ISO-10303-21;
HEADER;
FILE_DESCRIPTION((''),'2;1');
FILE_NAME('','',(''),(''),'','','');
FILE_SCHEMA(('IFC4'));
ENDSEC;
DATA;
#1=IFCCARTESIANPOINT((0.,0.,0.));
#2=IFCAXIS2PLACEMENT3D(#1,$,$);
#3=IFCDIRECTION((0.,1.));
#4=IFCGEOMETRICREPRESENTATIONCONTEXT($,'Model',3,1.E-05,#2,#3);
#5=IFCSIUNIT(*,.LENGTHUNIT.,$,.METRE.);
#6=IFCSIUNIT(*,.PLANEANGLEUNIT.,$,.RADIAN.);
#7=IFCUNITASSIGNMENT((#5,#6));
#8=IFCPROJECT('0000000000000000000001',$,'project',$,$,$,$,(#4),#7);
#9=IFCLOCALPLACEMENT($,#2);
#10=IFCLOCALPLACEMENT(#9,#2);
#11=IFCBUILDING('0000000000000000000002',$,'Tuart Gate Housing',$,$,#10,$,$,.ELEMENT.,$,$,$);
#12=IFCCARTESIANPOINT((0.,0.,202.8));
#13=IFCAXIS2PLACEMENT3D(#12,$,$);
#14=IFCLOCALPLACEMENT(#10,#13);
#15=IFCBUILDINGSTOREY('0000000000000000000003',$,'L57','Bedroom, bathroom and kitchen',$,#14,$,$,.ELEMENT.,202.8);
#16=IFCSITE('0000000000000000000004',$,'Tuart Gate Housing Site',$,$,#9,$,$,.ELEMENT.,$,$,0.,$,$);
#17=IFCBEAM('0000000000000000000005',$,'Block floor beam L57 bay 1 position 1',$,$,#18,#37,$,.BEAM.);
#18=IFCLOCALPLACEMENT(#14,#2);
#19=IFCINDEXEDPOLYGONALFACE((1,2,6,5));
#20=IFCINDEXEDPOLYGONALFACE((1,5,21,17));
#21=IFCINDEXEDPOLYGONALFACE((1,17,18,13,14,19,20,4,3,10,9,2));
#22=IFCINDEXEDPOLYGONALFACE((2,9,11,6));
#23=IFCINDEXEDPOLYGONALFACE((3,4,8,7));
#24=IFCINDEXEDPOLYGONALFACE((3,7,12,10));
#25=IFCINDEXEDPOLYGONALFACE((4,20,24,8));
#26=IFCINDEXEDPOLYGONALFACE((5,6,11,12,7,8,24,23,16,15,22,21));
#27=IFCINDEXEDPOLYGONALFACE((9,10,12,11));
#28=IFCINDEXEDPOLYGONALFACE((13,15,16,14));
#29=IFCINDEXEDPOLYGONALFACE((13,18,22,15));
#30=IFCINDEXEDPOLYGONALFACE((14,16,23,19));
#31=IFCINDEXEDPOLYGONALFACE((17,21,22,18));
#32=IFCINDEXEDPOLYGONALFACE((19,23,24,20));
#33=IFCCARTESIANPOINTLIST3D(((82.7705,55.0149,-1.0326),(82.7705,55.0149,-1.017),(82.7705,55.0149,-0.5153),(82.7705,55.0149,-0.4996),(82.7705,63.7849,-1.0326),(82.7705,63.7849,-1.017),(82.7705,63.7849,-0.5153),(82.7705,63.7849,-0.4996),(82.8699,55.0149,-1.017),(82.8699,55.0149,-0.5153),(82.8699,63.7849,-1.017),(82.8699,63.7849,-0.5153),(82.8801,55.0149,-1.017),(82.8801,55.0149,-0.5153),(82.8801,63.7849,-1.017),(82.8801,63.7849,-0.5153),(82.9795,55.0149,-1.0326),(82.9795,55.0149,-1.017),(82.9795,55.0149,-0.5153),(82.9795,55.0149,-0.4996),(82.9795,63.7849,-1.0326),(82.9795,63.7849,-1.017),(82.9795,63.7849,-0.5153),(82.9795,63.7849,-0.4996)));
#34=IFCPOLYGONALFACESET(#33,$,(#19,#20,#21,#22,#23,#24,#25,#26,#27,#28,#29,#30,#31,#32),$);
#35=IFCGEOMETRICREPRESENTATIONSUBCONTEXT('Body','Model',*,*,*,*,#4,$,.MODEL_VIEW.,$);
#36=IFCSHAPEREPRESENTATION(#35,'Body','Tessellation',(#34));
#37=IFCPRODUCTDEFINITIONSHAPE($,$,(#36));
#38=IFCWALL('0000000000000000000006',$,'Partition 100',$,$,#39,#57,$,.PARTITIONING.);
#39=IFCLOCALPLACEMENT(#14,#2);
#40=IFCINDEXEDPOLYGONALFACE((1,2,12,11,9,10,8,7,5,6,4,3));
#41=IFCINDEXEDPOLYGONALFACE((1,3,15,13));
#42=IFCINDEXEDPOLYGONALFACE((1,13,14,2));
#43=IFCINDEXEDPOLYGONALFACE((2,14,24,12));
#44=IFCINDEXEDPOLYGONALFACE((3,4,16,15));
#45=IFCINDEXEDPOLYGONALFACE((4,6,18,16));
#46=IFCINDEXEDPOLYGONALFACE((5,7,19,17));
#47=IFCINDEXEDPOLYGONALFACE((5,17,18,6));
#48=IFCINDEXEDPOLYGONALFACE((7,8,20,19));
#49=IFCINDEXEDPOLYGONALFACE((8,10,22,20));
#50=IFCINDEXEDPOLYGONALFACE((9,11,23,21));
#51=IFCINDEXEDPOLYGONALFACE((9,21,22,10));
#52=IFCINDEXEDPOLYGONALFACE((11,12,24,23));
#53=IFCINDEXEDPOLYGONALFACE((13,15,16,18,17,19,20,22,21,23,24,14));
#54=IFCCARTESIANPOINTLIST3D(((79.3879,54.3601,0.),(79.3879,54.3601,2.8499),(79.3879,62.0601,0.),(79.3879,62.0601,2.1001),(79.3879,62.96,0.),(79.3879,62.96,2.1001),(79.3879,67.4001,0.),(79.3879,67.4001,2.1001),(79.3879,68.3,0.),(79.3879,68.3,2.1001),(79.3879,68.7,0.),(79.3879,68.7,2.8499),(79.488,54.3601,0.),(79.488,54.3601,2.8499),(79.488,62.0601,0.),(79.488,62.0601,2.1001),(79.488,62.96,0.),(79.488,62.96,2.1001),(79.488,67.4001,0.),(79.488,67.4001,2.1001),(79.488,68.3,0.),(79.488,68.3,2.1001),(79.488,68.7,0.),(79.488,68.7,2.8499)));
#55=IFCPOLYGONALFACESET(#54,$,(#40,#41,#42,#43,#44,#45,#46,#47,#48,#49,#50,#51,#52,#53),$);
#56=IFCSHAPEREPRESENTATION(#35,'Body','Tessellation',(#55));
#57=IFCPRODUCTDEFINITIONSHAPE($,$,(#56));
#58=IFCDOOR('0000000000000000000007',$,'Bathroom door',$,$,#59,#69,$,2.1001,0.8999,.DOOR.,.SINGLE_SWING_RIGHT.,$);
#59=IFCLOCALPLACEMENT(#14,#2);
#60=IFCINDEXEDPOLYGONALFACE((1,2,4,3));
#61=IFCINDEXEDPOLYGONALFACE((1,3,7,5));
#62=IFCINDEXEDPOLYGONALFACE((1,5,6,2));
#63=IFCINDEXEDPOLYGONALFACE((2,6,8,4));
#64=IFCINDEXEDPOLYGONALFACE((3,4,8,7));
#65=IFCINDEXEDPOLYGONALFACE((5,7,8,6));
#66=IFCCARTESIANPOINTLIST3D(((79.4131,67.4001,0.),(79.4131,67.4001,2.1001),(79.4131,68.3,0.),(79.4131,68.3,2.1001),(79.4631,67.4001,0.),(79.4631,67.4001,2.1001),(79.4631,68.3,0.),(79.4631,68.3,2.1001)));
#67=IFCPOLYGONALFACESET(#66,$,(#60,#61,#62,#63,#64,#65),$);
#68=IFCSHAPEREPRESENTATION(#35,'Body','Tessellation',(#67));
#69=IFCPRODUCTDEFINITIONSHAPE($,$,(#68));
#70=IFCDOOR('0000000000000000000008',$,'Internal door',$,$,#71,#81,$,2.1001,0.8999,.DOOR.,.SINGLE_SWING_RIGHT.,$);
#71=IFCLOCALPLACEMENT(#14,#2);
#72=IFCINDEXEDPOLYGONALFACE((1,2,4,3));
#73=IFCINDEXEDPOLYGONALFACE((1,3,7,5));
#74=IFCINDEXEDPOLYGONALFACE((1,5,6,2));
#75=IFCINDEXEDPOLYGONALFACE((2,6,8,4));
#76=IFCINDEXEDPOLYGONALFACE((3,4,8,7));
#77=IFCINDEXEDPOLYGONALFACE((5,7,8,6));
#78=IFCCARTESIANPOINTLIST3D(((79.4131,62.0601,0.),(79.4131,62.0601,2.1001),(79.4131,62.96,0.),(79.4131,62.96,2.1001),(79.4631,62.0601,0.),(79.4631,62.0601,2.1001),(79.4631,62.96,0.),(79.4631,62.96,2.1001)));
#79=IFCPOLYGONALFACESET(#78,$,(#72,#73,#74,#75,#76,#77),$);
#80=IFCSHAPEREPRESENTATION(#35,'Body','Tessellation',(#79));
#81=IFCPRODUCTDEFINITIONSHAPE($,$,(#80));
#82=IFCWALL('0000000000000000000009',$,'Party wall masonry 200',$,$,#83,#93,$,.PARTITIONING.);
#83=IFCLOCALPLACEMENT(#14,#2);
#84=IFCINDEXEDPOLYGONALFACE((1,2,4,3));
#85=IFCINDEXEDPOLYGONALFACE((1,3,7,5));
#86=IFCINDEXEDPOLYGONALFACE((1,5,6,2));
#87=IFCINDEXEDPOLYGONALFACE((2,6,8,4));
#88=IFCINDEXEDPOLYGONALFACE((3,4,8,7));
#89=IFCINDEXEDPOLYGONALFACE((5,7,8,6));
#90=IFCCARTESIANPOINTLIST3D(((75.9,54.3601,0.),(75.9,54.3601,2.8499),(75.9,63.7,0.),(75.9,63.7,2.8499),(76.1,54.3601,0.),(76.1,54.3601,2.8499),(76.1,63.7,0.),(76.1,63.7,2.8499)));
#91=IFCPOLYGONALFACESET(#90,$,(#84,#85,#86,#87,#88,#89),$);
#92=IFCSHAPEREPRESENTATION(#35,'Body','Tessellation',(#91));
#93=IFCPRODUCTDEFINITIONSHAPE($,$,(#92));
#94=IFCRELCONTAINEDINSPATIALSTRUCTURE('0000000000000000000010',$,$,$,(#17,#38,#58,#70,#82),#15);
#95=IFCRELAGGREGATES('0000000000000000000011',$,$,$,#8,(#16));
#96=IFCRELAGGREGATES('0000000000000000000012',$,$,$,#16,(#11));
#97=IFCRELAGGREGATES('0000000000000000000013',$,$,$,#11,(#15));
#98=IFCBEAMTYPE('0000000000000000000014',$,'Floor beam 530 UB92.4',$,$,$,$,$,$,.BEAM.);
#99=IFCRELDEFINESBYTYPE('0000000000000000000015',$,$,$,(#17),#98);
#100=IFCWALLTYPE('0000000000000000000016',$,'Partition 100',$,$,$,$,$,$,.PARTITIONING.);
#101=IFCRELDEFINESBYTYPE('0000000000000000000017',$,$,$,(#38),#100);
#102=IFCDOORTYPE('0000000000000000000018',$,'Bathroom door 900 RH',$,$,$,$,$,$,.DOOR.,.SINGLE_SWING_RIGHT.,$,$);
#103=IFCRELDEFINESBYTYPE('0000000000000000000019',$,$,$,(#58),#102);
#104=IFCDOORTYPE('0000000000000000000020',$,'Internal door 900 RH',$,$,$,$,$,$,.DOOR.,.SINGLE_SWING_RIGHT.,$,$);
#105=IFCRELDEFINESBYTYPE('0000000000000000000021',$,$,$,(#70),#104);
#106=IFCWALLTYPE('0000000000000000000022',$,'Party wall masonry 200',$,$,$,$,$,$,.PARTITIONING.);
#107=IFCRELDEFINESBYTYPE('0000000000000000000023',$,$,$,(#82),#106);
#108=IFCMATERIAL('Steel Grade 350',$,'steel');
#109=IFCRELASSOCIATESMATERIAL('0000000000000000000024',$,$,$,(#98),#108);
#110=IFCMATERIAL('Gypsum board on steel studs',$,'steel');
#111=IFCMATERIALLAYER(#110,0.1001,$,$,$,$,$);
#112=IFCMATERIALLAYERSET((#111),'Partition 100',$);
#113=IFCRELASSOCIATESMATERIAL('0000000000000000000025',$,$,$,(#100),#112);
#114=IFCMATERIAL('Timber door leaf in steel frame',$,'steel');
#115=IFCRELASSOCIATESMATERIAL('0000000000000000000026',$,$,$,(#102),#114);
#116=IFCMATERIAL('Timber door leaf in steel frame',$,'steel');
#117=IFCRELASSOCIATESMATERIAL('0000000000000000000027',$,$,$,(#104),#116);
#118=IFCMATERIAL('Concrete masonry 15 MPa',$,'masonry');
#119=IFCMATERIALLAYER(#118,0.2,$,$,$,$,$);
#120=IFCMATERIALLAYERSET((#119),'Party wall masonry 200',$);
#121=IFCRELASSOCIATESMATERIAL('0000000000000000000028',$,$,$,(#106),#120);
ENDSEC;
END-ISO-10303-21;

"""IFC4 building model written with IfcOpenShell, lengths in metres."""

from ifc_helpers import new_model, si_unit, direction, frame, frame_2d, origin, origin_2d, place, context, subcontext, project, spatial, rectangle, i_section, extrude, material, layer, layer_set, material_profile, profile_set, type_object, element, fill, save


model = new_model("IFC4")

# Units and contexts
model_context = context("Model", 3, precision=1e-05, world=origin(), true_north=direction((0.0, 1.0)))
body_context = subcontext(model_context, "Body", "Model", "MODEL_VIEW")
ifc_project = project(units=[si_unit("LENGTHUNIT", "METRE"), si_unit("PLANEANGLEUNIT", "RADIAN")], contexts=[model_context])

# Site, building, storey
site_placement = place(None, origin())
site = spatial("IfcSite", under=ifc_project, at=site_placement, Name="Tuart Gate Housing Site", CompositionType="ELEMENT", RefElevation=0.0)
building_placement = place(site_placement, origin())
building = spatial("IfcBuilding", under=site, at=building_placement, Name="Tuart Gate Housing", CompositionType="ELEMENT")
storey_placement = place(building_placement, frame((0.0, 0.0, 202.8)))
storey = spatial("IfcBuildingStorey", under=building, at=storey_placement, Name="L57", Description="Bedroom, bathroom and kitchen", CompositionType="ELEMENT", Elevation=202.8)

# Beam
ifc_material_1 = material(Name="Steel Grade 350", Category="steel")
ifc_material_profile = material_profile(ifc_material_1, i_section(OverallWidth=0.209, OverallDepth=0.533, WebThickness=0.0103, FlangeThickness=0.0156, at=origin_2d()), Name="530UB92.4")
ifc_profile_set = profile_set([ifc_material_profile], Name="Steel Grade 350")
beam_type = type_object("IfcBeamType", Name="Floor beam 530 UB92.4", PredefinedType="BEAM", material=ifc_profile_set)
beam_placement = place(storey_placement, frame((82.875, 55.0149, -0.7661), z_axis=(0.0, 1.0, 0.0), x_axis=(-1.0, 0.0, 0.0)))
element("IfcBeam", 1, at=beam_placement, inside=storey, type_object=beam_type, Name="Block floor beam L57 bay 1 position 1", PredefinedType="BEAM", context=body_context, shape_type="SweptSolid", body=[
    extrude(i_section(OverallWidth=0.209, OverallDepth=0.533, WebThickness=0.0103, FlangeThickness=0.0156, at=origin_2d()), origin(), (0.0, 0.0, 1.0), 8.77),
])

# Wall, openings, doors
ifc_material_2 = material(Name="Gypsum board on steel studs", Category="steel")
ifc_layer_1 = layer(ifc_material_2, 0.1001)
ifc_layer_set_1 = layer_set([ifc_layer_1], Name="Partition 100")
wall_type_1 = type_object("IfcWallType", Name="Partition 100", PredefinedType="PARTITIONING", material=ifc_layer_set_1)
wall_1_placement = place(storey_placement, frame((79.438, 54.3601, 0.0), z_axis=(0.0, 0.0, 1.0), x_axis=(0.0, 1.0, 0.0)))
wall_1 = element("IfcWall", 2, at=wall_1_placement, inside=storey, type_object=wall_type_1, Name="Partition 100", PredefinedType="PARTITIONING", context=body_context, shape_type="SweptSolid", body=[
    extrude(rectangle(XDim=14.3398, YDim=0.1001, at=frame_2d((7.1699, 0.0))), origin(), (0.0, 0.0, 1.0), 2.8499),
])
opening_1_placement = place(wall_1_placement, frame((7.7, 0.0, 0.0)))
opening_1 = element("IfcOpeningElement", 3, at=opening_1_placement, cuts=wall_1, PredefinedType="OPENING", context=body_context, shape_type="SweptSolid", body=[
    extrude(rectangle(XDim=0.8999, YDim=2.1001, at=frame_2d((0.45, 1.05))), frame((0.0, 0.0601, 0.0), z_axis=(0.0, -1.0, 0.0), x_axis=(1.0, 0.0, 0.0)), (0.0, 0.0, 1.0), 0.1201),
])
opening_2_placement = place(wall_1_placement, frame((13.04, 0.0, 0.0)))
opening_2 = element("IfcOpeningElement", 4, at=opening_2_placement, cuts=wall_1, PredefinedType="OPENING", context=body_context, shape_type="SweptSolid", body=[
    extrude(rectangle(XDim=0.8999, YDim=2.1001, at=frame_2d((0.45, 1.05))), frame((0.0, 0.0601, 0.0), z_axis=(0.0, -1.0, 0.0), x_axis=(1.0, 0.0, 0.0)), (0.0, 0.0, 1.0), 0.1201),
])
ifc_material_3 = material(Name="Timber door leaf in steel frame", Category="steel")
door_type_1 = type_object("IfcDoorType", Name="Bathroom door 900 RH", OperationType="SINGLE_SWING_RIGHT", PredefinedType="DOOR", material=ifc_material_3)
door_1_placement = place(opening_2_placement, origin())
door_1 = element("IfcDoor", 5, at=door_1_placement, inside=storey, type_object=door_type_1, Name="Bathroom door", OperationType="SINGLE_SWING_RIGHT", OverallHeight=2.1001, OverallWidth=0.8999, PredefinedType="DOOR", context=body_context, shape_type="SweptSolid", body=[
    extrude(rectangle(XDim=0.8999, YDim=2.1001, at=frame_2d((0.45, 1.05))), frame((0.0, 0.0249, 0.0), z_axis=(0.0, -1.0, 0.0), x_axis=(1.0, 0.0, 0.0)), (0.0, 0.0, 1.0), 0.05),
])
fill(opening_2, door_1)
ifc_material_4 = material(Name="Timber door leaf in steel frame", Category="steel")
door_type_2 = type_object("IfcDoorType", Name="Internal door 900 RH", OperationType="SINGLE_SWING_RIGHT", PredefinedType="DOOR", material=ifc_material_4)
door_2_placement = place(opening_1_placement, origin())
door_2 = element("IfcDoor", 6, at=door_2_placement, inside=storey, type_object=door_type_2, Name="Internal door", OperationType="SINGLE_SWING_RIGHT", OverallHeight=2.1001, OverallWidth=0.8999, PredefinedType="DOOR", context=body_context, shape_type="SweptSolid", body=[
    extrude(rectangle(XDim=0.8999, YDim=2.1001, at=frame_2d((0.45, 1.05))), frame((0.0, 0.0249, 0.0), z_axis=(0.0, -1.0, 0.0), x_axis=(1.0, 0.0, 0.0)), (0.0, 0.0, 1.0), 0.05),
])
fill(opening_1, door_2)

# Wall
ifc_material_5 = material(Name="Concrete masonry 15 MPa", Category="masonry")
ifc_layer_2 = layer(ifc_material_5, 0.2)
ifc_layer_set_2 = layer_set([ifc_layer_2], Name="Party wall masonry 200")
wall_type_2 = type_object("IfcWallType", Name="Party wall masonry 200", PredefinedType="PARTITIONING", material=ifc_layer_set_2)
wall_2_placement = place(storey_placement, frame((76.0, 54.3601, 0.0), z_axis=(0.0, 0.0, 1.0), x_axis=(0.0, 1.0, 0.0)))
element("IfcWall", 7, at=wall_2_placement, inside=storey, type_object=wall_type_2, Name="Party wall masonry 200", PredefinedType="PARTITIONING", context=body_context, shape_type="SweptSolid", body=[
    extrude(rectangle(XDim=9.3398, YDim=0.2, at=frame_2d((4.6699, 0.0))), origin(), (0.0, 0.0, 1.0), 2.8499),
])

save(model, "model.ifc")
